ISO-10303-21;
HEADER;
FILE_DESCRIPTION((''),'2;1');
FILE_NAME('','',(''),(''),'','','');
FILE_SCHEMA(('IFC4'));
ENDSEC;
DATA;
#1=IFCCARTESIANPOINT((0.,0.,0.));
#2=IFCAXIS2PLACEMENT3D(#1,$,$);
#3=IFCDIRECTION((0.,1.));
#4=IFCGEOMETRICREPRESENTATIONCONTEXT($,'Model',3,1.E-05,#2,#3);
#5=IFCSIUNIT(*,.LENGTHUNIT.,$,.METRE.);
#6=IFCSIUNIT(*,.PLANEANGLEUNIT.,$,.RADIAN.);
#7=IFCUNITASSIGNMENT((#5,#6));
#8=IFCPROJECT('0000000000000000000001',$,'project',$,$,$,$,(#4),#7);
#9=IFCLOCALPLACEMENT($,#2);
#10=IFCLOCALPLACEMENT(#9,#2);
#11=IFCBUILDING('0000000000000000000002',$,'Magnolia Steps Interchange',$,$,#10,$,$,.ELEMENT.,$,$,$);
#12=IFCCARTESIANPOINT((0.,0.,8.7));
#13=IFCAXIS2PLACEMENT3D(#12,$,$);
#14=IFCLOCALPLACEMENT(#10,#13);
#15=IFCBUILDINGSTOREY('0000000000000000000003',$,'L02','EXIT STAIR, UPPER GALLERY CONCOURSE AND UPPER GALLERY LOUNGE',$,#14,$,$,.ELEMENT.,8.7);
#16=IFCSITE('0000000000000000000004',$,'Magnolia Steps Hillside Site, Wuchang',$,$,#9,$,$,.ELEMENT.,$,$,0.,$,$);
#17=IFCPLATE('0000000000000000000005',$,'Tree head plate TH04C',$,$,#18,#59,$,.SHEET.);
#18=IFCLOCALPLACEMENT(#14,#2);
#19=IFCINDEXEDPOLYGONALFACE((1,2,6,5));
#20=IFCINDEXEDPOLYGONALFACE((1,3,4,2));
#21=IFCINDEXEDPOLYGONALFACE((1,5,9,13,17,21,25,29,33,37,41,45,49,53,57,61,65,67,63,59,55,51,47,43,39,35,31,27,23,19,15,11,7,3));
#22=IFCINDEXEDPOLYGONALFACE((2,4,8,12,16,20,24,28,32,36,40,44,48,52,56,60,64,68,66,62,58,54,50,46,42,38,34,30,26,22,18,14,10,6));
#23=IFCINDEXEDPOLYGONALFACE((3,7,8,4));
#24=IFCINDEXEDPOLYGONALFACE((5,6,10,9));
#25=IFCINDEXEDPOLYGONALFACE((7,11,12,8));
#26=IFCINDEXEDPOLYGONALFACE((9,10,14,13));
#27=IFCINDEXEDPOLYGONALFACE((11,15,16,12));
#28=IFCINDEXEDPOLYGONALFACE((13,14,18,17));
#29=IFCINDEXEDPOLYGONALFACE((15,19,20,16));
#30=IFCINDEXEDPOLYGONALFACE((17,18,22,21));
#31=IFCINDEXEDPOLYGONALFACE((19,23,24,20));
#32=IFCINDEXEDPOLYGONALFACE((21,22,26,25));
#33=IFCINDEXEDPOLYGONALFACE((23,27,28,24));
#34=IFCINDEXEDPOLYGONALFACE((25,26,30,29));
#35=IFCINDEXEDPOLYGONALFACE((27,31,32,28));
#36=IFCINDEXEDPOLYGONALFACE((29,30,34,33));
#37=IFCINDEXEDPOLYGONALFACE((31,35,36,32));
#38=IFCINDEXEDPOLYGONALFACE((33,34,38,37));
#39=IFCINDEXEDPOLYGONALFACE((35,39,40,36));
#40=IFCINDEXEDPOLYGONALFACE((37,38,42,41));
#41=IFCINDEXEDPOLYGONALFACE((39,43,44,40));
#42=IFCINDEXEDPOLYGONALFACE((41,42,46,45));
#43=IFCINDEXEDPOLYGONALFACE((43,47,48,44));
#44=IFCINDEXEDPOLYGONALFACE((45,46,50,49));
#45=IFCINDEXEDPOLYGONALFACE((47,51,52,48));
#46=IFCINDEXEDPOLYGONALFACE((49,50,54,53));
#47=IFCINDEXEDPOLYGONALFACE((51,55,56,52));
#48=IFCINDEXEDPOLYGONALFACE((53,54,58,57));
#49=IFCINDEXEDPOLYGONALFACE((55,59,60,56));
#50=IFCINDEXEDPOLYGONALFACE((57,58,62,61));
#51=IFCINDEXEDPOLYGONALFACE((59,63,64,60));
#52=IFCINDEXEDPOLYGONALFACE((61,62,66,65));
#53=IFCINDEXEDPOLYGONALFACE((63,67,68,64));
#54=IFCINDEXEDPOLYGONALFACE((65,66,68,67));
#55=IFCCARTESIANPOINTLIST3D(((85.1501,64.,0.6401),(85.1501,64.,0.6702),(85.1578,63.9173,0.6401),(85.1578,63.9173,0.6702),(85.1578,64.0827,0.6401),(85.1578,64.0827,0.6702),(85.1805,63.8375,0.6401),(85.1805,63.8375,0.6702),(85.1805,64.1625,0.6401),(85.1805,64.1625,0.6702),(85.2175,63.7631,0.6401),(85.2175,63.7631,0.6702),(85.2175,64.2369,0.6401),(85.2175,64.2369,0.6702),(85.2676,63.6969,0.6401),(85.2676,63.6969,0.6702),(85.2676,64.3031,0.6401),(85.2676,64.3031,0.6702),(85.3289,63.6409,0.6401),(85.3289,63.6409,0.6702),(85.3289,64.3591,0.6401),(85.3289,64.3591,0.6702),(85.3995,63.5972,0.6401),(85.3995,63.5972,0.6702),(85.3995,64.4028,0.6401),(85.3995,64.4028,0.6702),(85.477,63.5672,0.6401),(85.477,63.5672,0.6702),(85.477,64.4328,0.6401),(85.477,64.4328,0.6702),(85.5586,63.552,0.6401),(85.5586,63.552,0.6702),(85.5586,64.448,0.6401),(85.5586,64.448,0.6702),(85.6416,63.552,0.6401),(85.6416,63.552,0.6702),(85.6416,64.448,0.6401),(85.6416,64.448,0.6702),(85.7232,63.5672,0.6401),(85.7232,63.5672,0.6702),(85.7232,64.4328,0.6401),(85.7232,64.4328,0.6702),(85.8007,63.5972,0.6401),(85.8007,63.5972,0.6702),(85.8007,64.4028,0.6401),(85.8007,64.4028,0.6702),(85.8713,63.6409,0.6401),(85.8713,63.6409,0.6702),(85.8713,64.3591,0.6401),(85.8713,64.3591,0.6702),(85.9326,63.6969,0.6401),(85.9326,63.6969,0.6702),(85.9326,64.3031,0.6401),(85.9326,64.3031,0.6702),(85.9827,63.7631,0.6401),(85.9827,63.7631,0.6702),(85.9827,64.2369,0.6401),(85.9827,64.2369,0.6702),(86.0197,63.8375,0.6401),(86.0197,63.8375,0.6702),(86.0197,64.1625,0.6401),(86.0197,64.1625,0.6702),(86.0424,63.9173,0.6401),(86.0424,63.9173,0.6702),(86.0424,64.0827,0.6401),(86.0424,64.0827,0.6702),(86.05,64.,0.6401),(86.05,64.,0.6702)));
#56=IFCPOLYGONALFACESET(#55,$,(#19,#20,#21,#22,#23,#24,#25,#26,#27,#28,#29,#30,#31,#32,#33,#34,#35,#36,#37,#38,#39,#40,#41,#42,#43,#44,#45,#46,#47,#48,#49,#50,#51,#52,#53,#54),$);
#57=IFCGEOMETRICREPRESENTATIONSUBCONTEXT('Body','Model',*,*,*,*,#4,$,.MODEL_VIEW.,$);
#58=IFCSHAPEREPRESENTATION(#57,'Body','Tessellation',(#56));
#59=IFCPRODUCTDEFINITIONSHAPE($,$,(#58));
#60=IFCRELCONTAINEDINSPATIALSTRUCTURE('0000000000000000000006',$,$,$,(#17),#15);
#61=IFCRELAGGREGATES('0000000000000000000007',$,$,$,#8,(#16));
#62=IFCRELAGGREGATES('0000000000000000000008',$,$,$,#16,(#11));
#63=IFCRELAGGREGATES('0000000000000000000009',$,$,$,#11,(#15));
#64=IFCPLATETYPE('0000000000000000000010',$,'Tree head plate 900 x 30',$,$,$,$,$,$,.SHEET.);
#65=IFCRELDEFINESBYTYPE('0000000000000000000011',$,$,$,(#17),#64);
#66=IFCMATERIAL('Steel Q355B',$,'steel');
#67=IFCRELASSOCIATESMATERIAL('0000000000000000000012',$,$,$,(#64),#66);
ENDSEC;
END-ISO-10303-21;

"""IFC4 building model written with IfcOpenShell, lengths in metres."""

from ifc_helpers import new_model, si_unit, direction, frame, origin, origin_2d, place, context, subcontext, project, spatial, circle, extrude, material, material_profile, profile_set, type_object, element, save


model = new_model("IFC4")

# Units and contexts
model_context = context("Model", 3, precision=1e-05, world=origin(), true_north=direction((0.0, 1.0)))
body_context = subcontext(model_context, "Body", "Model", "MODEL_VIEW")
ifc_project = project(units=[si_unit("LENGTHUNIT", "METRE"), si_unit("PLANEANGLEUNIT", "RADIAN")], contexts=[model_context])

# Site, building, storey
site_placement = place(None, origin())
site = spatial("IfcSite", under=ifc_project, at=site_placement, Name="Magnolia Steps Hillside Site, Wuchang", CompositionType="ELEMENT", RefElevation=0.0)
building_placement = place(site_placement, origin())
building = spatial("IfcBuilding", under=site, at=building_placement, Name="Magnolia Steps Interchange", CompositionType="ELEMENT")
storey_placement = place(building_placement, frame((0.0, 0.0, 8.7)))
storey = spatial("IfcBuildingStorey", under=building, at=storey_placement, Name="L02", Description="EXIT STAIR, UPPER GALLERY CONCOURSE AND UPPER GALLERY LOUNGE", CompositionType="ELEMENT", Elevation=8.7)

# Plate
ifc_material_1 = material(Name="Steel Q355B", Category="steel")
ifc_material_profile_1 = material_profile(ifc_material_1, circle(Radius=0.45, at=origin_2d()), Name="Tree head plate 900 x 30")
ifc_profile_set_1 = profile_set([ifc_material_profile_1], Name="Steel Q355B")
plate_type_1 = type_object("IfcPlateType", Name="Tree head plate 900 x 30", PredefinedType="SHEET", material=ifc_profile_set_1)
plate_placement = place(storey_placement, frame((85.6001, 64.0, 0.6401), z_axis=(0.0, 0.0, 1.0), x_axis=(1.0, 0.0, 0.0)))
element("IfcPlate", 1, at=plate_placement, inside=storey, type_object=plate_type_1, Name="Tree head plate TH04C", PredefinedType="SHEET", context=body_context, shape_type="SweptSolid", body=[
    extrude(circle(Radius=0.45, at=origin_2d()), origin(), (0.0, 0.0, 1.0), 0.03),
])

save(model, "model.ifc")
